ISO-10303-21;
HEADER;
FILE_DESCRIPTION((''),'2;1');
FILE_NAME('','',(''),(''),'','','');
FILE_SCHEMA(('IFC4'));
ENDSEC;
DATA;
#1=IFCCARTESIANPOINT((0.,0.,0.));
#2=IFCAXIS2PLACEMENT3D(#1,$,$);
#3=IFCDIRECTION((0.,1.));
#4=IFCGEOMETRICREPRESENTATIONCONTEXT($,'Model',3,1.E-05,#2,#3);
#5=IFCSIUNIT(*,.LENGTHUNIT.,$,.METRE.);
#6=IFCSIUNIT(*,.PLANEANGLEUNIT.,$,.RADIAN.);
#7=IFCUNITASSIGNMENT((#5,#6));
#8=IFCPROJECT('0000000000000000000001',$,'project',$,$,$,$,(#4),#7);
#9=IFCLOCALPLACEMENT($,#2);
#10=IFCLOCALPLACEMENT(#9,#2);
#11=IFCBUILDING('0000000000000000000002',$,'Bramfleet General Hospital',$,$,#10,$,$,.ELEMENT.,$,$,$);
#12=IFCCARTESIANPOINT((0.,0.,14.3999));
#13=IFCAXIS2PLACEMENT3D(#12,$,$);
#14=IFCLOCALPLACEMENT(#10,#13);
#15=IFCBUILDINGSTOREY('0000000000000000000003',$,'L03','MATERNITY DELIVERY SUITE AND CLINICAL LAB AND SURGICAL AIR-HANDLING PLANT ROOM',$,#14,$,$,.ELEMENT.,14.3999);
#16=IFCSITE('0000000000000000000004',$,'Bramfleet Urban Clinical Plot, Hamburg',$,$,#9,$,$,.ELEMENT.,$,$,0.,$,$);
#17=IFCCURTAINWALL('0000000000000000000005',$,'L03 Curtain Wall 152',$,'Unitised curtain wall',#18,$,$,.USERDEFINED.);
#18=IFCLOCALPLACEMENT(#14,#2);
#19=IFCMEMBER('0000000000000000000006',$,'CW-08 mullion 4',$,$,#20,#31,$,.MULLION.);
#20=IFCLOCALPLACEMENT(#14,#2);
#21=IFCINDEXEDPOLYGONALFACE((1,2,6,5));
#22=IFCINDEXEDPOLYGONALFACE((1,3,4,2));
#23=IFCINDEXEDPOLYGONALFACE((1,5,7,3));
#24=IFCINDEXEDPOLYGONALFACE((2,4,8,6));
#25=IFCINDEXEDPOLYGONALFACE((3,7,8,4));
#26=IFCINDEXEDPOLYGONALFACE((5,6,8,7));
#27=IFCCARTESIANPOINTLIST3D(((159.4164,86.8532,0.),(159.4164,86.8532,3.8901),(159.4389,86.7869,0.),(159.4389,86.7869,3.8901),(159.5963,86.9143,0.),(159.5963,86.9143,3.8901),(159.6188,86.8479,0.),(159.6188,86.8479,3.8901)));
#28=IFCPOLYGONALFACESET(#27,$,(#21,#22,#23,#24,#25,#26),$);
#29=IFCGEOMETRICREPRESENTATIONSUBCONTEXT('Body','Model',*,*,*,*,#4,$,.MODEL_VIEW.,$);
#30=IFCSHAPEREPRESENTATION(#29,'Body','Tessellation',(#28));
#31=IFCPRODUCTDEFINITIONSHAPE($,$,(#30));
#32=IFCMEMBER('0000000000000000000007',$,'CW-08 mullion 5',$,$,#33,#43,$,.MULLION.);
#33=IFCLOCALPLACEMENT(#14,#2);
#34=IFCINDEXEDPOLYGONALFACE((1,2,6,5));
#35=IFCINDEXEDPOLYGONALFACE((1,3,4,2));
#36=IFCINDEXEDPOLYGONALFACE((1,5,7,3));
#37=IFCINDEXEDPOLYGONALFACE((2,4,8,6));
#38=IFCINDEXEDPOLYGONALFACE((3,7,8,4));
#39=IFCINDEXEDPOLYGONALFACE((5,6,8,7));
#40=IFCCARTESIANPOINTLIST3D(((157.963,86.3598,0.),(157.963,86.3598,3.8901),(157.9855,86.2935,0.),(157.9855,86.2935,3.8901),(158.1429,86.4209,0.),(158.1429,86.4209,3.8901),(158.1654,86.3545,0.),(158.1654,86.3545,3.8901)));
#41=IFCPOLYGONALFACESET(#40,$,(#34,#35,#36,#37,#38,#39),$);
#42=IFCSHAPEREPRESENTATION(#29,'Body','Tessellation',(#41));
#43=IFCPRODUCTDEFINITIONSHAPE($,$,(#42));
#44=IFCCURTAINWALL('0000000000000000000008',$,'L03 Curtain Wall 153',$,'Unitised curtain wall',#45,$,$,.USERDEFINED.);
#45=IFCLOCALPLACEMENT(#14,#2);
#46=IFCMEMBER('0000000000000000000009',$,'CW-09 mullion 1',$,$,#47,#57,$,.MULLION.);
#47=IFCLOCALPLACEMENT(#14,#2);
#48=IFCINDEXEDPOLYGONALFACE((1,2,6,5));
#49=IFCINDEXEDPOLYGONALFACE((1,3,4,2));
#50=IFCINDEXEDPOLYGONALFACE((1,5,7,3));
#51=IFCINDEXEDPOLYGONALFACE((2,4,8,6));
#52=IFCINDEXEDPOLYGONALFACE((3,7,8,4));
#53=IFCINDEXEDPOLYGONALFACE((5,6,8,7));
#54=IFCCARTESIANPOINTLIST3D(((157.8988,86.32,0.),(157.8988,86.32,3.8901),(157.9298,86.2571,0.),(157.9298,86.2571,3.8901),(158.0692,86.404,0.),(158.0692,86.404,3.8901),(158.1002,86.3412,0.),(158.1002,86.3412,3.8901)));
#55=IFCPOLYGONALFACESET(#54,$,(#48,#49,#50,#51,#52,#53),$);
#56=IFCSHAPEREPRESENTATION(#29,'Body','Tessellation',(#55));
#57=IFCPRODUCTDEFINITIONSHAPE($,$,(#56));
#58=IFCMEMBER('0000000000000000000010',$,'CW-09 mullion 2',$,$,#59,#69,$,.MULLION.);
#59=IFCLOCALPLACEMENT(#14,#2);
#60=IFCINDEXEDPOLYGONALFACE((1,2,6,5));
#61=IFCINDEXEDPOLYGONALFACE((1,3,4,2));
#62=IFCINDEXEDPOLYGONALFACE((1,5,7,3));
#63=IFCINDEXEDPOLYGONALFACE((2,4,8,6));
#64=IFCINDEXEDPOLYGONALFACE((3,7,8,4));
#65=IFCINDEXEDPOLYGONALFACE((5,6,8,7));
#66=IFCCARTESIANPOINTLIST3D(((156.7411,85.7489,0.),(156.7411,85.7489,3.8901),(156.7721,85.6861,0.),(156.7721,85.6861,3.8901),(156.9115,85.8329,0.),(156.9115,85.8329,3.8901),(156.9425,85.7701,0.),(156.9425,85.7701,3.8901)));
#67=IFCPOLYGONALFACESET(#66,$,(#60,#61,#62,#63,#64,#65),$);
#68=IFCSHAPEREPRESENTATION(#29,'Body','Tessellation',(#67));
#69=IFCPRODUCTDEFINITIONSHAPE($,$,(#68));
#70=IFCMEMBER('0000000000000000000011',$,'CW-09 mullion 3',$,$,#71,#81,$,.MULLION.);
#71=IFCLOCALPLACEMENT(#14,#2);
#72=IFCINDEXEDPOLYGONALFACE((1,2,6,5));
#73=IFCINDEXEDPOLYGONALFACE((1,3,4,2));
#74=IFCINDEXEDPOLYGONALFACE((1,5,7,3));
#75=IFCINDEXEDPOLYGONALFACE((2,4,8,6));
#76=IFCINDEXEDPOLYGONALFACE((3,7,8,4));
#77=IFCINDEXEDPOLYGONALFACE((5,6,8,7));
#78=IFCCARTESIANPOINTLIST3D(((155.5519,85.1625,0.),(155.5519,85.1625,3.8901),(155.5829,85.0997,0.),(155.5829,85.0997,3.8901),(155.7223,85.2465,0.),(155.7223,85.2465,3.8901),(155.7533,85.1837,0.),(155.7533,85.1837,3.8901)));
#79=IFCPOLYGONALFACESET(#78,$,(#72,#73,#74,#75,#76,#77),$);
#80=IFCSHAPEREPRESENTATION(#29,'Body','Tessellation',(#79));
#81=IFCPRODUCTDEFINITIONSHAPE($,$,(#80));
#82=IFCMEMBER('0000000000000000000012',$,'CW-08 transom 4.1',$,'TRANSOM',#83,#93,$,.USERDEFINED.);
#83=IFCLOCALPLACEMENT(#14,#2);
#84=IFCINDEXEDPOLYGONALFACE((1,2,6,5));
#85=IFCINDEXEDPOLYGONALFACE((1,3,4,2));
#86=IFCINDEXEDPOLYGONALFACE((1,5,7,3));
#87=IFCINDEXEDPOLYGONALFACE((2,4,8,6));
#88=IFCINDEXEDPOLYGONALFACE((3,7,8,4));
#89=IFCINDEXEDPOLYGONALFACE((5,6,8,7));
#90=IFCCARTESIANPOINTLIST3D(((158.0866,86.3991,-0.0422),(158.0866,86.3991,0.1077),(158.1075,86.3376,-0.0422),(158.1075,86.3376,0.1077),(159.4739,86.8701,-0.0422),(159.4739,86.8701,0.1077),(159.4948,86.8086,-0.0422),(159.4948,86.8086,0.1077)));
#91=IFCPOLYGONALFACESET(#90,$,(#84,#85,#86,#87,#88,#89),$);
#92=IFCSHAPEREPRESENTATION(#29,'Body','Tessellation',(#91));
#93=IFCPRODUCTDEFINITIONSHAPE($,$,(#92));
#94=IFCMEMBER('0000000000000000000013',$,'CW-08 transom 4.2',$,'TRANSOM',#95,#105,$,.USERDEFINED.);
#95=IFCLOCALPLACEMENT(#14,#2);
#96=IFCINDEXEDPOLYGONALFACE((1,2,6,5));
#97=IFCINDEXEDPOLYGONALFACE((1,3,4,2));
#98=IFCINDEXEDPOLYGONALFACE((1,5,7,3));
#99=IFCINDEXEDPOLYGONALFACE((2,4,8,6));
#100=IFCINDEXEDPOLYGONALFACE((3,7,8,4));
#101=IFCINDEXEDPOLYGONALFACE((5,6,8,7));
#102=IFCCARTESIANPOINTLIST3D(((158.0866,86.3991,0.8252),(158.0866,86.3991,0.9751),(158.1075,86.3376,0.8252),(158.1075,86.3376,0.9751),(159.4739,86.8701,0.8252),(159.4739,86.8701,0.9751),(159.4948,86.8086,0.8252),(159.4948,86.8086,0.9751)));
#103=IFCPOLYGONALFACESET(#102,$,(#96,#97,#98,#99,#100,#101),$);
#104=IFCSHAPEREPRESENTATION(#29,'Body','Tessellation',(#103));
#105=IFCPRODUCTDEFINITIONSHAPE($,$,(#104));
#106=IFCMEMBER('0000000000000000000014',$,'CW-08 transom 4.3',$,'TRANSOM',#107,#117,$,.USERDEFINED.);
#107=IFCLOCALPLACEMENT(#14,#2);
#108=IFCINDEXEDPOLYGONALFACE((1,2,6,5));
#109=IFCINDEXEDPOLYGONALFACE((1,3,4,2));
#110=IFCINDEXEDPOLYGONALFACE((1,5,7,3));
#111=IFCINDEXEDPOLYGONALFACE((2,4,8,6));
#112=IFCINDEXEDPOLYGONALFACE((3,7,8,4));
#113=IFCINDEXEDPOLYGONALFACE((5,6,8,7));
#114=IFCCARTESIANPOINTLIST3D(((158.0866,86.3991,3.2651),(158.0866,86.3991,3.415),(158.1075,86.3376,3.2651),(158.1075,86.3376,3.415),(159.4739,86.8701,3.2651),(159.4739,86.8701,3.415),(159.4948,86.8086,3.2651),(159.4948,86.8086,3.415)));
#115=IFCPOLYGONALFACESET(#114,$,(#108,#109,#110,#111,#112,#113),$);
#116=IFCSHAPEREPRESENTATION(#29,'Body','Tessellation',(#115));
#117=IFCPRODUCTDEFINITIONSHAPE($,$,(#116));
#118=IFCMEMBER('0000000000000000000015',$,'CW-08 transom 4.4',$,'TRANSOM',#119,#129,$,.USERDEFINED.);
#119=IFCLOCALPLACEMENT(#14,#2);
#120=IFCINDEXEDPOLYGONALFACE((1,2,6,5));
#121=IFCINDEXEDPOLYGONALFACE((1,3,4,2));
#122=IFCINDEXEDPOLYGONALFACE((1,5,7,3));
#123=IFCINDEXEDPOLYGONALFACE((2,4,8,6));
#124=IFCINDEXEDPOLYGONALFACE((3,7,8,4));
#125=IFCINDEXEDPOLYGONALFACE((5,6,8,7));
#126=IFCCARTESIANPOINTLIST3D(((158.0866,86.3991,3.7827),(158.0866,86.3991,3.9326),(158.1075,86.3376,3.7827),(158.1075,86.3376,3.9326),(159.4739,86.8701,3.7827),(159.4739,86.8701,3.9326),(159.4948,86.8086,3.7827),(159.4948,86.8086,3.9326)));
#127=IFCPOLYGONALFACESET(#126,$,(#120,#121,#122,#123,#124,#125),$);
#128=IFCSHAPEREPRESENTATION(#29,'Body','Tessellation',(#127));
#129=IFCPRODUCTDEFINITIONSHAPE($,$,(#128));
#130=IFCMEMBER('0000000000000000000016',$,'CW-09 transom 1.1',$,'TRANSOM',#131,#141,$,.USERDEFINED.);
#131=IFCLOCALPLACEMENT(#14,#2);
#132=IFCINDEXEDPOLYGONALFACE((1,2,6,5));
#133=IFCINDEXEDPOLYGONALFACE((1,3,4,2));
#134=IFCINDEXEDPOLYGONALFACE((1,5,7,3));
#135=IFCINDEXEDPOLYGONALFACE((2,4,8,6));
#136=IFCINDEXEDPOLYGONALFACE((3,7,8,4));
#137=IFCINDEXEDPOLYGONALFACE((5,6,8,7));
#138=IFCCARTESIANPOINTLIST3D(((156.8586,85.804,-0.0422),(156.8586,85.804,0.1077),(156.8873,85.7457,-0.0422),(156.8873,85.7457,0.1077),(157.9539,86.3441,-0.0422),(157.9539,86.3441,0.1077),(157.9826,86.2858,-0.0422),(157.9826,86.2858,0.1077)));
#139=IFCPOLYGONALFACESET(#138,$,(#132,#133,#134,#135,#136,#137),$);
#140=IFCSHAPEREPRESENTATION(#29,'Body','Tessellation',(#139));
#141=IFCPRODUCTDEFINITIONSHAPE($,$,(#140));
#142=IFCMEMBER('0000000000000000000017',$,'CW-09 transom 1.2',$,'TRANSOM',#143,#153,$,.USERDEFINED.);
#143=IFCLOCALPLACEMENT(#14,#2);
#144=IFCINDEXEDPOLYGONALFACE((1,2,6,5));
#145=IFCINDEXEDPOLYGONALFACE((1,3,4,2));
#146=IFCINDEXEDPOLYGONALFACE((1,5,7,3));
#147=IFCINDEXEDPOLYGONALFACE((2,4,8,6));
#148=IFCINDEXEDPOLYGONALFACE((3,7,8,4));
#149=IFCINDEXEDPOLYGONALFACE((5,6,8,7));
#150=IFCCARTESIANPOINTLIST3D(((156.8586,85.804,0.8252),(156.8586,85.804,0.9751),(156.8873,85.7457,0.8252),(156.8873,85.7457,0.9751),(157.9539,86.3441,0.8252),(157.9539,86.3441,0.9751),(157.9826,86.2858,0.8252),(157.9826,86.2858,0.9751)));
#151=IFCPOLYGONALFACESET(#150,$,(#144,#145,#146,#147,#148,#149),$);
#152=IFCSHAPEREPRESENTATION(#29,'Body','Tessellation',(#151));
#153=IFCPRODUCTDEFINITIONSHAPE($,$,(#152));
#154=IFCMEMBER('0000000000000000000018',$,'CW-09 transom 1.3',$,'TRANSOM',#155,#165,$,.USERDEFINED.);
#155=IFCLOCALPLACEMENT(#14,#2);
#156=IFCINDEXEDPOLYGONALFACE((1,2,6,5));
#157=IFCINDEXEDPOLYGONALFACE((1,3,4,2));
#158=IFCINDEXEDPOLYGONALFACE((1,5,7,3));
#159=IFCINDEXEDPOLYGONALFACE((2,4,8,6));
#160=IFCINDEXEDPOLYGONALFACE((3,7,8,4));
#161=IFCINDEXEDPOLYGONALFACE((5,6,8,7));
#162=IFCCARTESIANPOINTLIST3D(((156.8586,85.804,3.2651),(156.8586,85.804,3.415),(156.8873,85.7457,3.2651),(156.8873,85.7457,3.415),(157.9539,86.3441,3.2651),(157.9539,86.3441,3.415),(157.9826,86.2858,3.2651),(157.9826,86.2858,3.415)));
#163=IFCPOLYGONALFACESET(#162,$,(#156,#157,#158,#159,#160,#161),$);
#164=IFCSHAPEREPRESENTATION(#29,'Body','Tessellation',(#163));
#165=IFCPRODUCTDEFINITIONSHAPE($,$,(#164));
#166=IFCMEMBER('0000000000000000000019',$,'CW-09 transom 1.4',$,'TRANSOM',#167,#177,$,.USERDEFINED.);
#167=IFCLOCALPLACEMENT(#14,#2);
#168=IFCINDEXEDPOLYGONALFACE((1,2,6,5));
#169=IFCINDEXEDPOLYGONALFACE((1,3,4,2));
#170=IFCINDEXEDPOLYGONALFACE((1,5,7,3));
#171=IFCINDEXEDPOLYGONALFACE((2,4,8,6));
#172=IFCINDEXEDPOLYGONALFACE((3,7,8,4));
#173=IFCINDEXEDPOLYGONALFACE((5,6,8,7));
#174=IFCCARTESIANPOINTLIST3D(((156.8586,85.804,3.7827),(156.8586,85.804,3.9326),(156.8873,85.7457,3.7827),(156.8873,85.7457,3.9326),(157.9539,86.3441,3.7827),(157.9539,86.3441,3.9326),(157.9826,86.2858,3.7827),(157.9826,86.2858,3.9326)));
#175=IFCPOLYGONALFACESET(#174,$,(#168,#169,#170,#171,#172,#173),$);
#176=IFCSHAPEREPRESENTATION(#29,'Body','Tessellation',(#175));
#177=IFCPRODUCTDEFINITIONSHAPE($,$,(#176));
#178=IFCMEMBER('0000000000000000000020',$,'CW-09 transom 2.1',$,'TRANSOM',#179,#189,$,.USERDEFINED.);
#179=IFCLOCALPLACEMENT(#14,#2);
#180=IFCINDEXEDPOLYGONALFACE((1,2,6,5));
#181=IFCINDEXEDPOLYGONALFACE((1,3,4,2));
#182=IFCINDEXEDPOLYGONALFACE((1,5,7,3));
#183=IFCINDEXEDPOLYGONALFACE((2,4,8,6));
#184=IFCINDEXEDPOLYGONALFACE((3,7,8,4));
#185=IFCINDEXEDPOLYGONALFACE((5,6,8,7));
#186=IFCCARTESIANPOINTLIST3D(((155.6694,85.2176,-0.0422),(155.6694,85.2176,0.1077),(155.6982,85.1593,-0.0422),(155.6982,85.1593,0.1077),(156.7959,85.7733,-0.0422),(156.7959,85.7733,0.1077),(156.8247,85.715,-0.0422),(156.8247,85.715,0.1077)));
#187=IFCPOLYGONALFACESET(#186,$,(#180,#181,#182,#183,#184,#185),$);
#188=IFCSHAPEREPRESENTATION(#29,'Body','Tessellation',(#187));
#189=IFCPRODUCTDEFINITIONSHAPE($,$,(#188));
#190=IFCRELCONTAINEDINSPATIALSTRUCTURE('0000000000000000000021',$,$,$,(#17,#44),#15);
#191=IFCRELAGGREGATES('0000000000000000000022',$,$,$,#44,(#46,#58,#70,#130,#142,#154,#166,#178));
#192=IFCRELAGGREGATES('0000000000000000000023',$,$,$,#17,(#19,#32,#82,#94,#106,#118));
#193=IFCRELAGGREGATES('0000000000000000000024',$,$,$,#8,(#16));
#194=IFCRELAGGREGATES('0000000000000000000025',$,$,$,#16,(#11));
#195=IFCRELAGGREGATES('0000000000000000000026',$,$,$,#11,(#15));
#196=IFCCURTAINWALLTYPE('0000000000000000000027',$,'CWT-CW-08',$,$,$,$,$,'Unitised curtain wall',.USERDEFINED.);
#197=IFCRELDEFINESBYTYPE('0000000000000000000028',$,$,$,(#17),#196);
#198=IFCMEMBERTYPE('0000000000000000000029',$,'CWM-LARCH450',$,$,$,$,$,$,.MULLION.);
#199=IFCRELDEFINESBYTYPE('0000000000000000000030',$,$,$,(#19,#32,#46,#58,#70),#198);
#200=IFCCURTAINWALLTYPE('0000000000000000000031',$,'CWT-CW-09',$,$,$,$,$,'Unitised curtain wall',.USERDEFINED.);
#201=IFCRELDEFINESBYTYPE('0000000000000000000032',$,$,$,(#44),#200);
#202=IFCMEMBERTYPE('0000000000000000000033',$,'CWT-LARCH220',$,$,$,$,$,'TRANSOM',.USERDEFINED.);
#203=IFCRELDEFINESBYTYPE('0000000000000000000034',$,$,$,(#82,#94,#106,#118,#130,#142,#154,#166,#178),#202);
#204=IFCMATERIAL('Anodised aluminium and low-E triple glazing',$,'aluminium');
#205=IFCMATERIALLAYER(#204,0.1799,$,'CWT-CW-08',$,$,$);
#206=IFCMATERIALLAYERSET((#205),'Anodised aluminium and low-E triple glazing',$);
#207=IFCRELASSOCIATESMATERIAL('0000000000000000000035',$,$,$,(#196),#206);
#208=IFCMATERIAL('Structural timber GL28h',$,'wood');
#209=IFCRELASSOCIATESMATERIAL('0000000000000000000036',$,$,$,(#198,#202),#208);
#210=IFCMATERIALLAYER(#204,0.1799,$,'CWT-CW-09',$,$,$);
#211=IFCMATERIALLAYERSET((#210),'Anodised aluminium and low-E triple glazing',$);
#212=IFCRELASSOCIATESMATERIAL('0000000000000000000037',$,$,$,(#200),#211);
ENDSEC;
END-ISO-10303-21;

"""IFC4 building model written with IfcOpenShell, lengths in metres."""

from ifc_helpers import new_model, si_unit, direction, frame, origin, origin_2d, place, context, subcontext, project, spatial, rectangle, extrude, material, layer, layer_set, material_profile, profile_set, type_object, element, aggregate, save


model = new_model("IFC4")

# Units and contexts
model_context = context("Model", 3, precision=1e-05, world=origin(), true_north=direction((0.0, 1.0)))
body_context = subcontext(model_context, "Body", "Model", "MODEL_VIEW")
ifc_project = project(units=[si_unit("LENGTHUNIT", "METRE"), si_unit("PLANEANGLEUNIT", "RADIAN")], contexts=[model_context])

# Site, building, storey
site_placement = place(None, origin())
site = spatial("IfcSite", under=ifc_project, at=site_placement, Name="Bramfleet Urban Clinical Plot, Hamburg", CompositionType="ELEMENT", RefElevation=0.0)
building_placement = place(site_placement, origin())
building = spatial("IfcBuilding", under=site, at=building_placement, Name="Bramfleet General Hospital", CompositionType="ELEMENT")
storey_placement = place(building_placement, frame((0.0, 0.0, 14.3999)))
storey = spatial("IfcBuildingStorey", under=building, at=storey_placement, Name="L03", Description="MATERNITY DELIVERY SUITE AND CLINICAL LAB AND SURGICAL AIR-HANDLING PLANT ROOM", CompositionType="ELEMENT", Elevation=14.3999)

# Curtain walls, members
ifc_material_1 = material(Name="Anodised aluminium and low-E triple glazing", Category="aluminium")
ifc_layer_1 = layer(ifc_material_1, 0.1799, Name="CWT-CW-08")
ifc_layer_set_1 = layer_set([ifc_layer_1], Name="Anodised aluminium and low-E triple glazing")
curtain_wall_type_1 = type_object("IfcCurtainWallType", Name="CWT-CW-08", ElementType="Unitised curtain wall", PredefinedType="USERDEFINED", material=ifc_layer_set_1)
curtain_wall_1_placement = place(storey_placement, origin())
curtain_wall_1 = element("IfcCurtainWall", 1, at=curtain_wall_1_placement, inside=storey, type_object=curtain_wall_type_1, Name="L03 Curtain Wall 152", ObjectType="Unitised curtain wall", PredefinedType="USERDEFINED")
ifc_material_2 = material(Name="Structural timber GL28h", Category="wood")
ifc_material_profile_1 = material_profile(ifc_material_2, rectangle(XDim=0.0701, YDim=0.1899, at=origin_2d()), Name="LARCH 190x70")
ifc_profile_set_1 = profile_set([ifc_material_profile_1], Name="Structural timber GL28h")
member_type_1 = type_object("IfcMemberType", Name="CWM-LARCH450", PredefinedType="MULLION", material=ifc_profile_set_1)
member_1_placement = place(storey_placement, frame((159.5176, 86.8506, 0.0), z_axis=(0.0, 0.0, 1.0), x_axis=(0.321383, -0.946949, 0.0)))
member_1 = element("IfcMember", 2, at=member_1_placement, type_object=member_type_1, Name="CW-08 mullion 4", PredefinedType="MULLION", context=body_context, shape_type="SweptSolid", body=[
    extrude(rectangle(XDim=0.0701, YDim=0.1899, at=origin_2d()), origin(), (0.0, 0.0, 1.0), 3.8901),
])
member_2_placement = place(storey_placement, frame((158.0642, 86.3572, 0.0), z_axis=(0.0, 0.0, 1.0), x_axis=(0.321383, -0.946949, 0.0)))
member_2 = element("IfcMember", 3, at=member_2_placement, type_object=member_type_1, Name="CW-08 mullion 5", PredefinedType="MULLION", context=body_context, shape_type="SweptSolid", body=[
    extrude(rectangle(XDim=0.0701, YDim=0.1899, at=origin_2d()), origin(), (0.0, 0.0, 1.0), 3.8901),
])
ifc_layer_2 = layer(ifc_material_1, 0.1799, Name="CWT-CW-09")
ifc_layer_set_2 = layer_set([ifc_layer_2], Name="Anodised aluminium and low-E triple glazing")
curtain_wall_type_2 = type_object("IfcCurtainWallType", Name="CWT-CW-09", ElementType="Unitised curtain wall", PredefinedType="USERDEFINED", material=ifc_layer_set_2)
curtain_wall_2_placement = place(storey_placement, origin())
curtain_wall_2 = element("IfcCurtainWall", 4, at=curtain_wall_2_placement, inside=storey, type_object=curtain_wall_type_2, Name="L03 Curtain Wall 153", ObjectType="Unitised curtain wall", PredefinedType="USERDEFINED")
member_3_placement = place(storey_placement, frame((157.9995, 86.3306, 0.0), z_axis=(0.0, 0.0, 1.0), x_axis=(0.442305, -0.896865, 0.0)))
member_3 = element("IfcMember", 5, at=member_3_placement, type_object=member_type_1, Name="CW-09 mullion 1", PredefinedType="MULLION", context=body_context, shape_type="SweptSolid", body=[
    extrude(rectangle(XDim=0.0701, YDim=0.1899, at=origin_2d()), origin(), (0.0, 0.0, 1.0), 3.8901),
])
member_4_placement = place(storey_placement, frame((156.8418, 85.7595, 0.0), z_axis=(0.0, 0.0, 1.0), x_axis=(0.442305, -0.896865, 0.0)))
member_4 = element("IfcMember", 6, at=member_4_placement, type_object=member_type_1, Name="CW-09 mullion 2", PredefinedType="MULLION", context=body_context, shape_type="SweptSolid", body=[
    extrude(rectangle(XDim=0.0701, YDim=0.1899, at=origin_2d()), origin(), (0.0, 0.0, 1.0), 3.8901),
])
member_5_placement = place(storey_placement, frame((155.6526, 85.1731, 0.0), z_axis=(0.0, 0.0, 1.0), x_axis=(0.442305, -0.896865, 0.0)))
member_5 = element("IfcMember", 7, at=member_5_placement, type_object=member_type_1, Name="CW-09 mullion 3", PredefinedType="MULLION", context=body_context, shape_type="SweptSolid", body=[
    extrude(rectangle(XDim=0.0701, YDim=0.1899, at=origin_2d()), origin(), (0.0, 0.0, 1.0), 3.8901),
])

# Members
ifc_material_profile_2 = material_profile(ifc_material_2, rectangle(XDim=0.0649, YDim=0.1499, at=origin_2d()), Name="LARCH 150x65")
ifc_profile_set_2 = profile_set([ifc_material_profile_2], Name="Structural timber GL28h")
member_type_2 = type_object("IfcMemberType", Name="CWT-LARCH220", ElementType="TRANSOM", PredefinedType="USERDEFINED", material=ifc_profile_set_2)
member_6_placement = place(storey_placement, frame((159.4844, 86.8394, 0.0327), z_axis=(-0.946919, -0.321472, 0.0), x_axis=(0.321472, -0.946919, 0.0)))
member_6 = element("IfcMember", 8, at=member_6_placement, type_object=member_type_2, Name="CW-08 transom 4.1", ObjectType="TRANSOM", PredefinedType="USERDEFINED", context=body_context, shape_type="SweptSolid", body=[
    extrude(rectangle(XDim=0.0649, YDim=0.1499, at=origin_2d()), origin(), (0.0, 0.0, 1.0), 1.4651),
])
member_7_placement = place(storey_placement, frame((159.4844, 86.8394, 0.9001), z_axis=(-0.946919, -0.321472, 0.0), x_axis=(0.321472, -0.946919, 0.0)))
member_7 = element("IfcMember", 9, at=member_7_placement, type_object=member_type_2, Name="CW-08 transom 4.2", ObjectType="TRANSOM", PredefinedType="USERDEFINED", context=body_context, shape_type="SweptSolid", body=[
    extrude(rectangle(XDim=0.0649, YDim=0.1499, at=origin_2d()), origin(), (0.0, 0.0, 1.0), 1.4651),
])
member_8_placement = place(storey_placement, frame((159.4844, 86.8394, 3.3401), z_axis=(-0.946919, -0.321472, 0.0), x_axis=(0.321472, -0.946919, 0.0)))
member_8 = element("IfcMember", 10, at=member_8_placement, type_object=member_type_2, Name="CW-08 transom 4.3", ObjectType="TRANSOM", PredefinedType="USERDEFINED", context=body_context, shape_type="SweptSolid", body=[
    extrude(rectangle(XDim=0.0649, YDim=0.1499, at=origin_2d()), origin(), (0.0, 0.0, 1.0), 1.4651),
])
member_9_placement = place(storey_placement, frame((159.4844, 86.8394, 3.8577), z_axis=(-0.946919, -0.321472, 0.0), x_axis=(0.321472, -0.946919, 0.0)))
member_9 = element("IfcMember", 11, at=member_9_placement, type_object=member_type_2, Name="CW-08 transom 4.4", ObjectType="TRANSOM", PredefinedType="USERDEFINED", context=body_context, shape_type="SweptSolid", body=[
    extrude(rectangle(XDim=0.0649, YDim=0.1499, at=origin_2d()), origin(), (0.0, 0.0, 1.0), 1.4651),
])
member_10_placement = place(storey_placement, frame((157.9683, 86.3149, 0.0327), z_axis=(-0.896893, -0.442248, 0.0), x_axis=(0.442248, -0.896893, 0.0)))
member_10 = element("IfcMember", 12, at=member_10_placement, type_object=member_type_2, Name="CW-09 transom 1.1", ObjectType="TRANSOM", PredefinedType="USERDEFINED", context=body_context, shape_type="SweptSolid", body=[
    extrude(rectangle(XDim=0.0649, YDim=0.1499, at=origin_2d()), origin(), (0.0, 0.0, 1.0), 1.2212),
])
member_11_placement = place(storey_placement, frame((157.9683, 86.3149, 0.9001), z_axis=(-0.896893, -0.442248, 0.0), x_axis=(0.442248, -0.896893, 0.0)))
member_11 = element("IfcMember", 13, at=member_11_placement, type_object=member_type_2, Name="CW-09 transom 1.2", ObjectType="TRANSOM", PredefinedType="USERDEFINED", context=body_context, shape_type="SweptSolid", body=[
    extrude(rectangle(XDim=0.0649, YDim=0.1499, at=origin_2d()), origin(), (0.0, 0.0, 1.0), 1.2212),
])
member_12_placement = place(storey_placement, frame((157.9683, 86.3149, 3.3401), z_axis=(-0.896893, -0.442248, 0.0), x_axis=(0.442248, -0.896893, 0.0)))
member_12 = element("IfcMember", 14, at=member_12_placement, type_object=member_type_2, Name="CW-09 transom 1.3", ObjectType="TRANSOM", PredefinedType="USERDEFINED", context=body_context, shape_type="SweptSolid", body=[
    extrude(rectangle(XDim=0.0649, YDim=0.1499, at=origin_2d()), origin(), (0.0, 0.0, 1.0), 1.2212),
])
member_13_placement = place(storey_placement, frame((157.9683, 86.3149, 3.8577), z_axis=(-0.896893, -0.442248, 0.0), x_axis=(0.442248, -0.896893, 0.0)))
member_13 = element("IfcMember", 15, at=member_13_placement, type_object=member_type_2, Name="CW-09 transom 1.4", ObjectType="TRANSOM", PredefinedType="USERDEFINED", context=body_context, shape_type="SweptSolid", body=[
    extrude(rectangle(XDim=0.0649, YDim=0.1499, at=origin_2d()), origin(), (0.0, 0.0, 1.0), 1.2212),
])
member_14_placement = place(storey_placement, frame((156.8103, 85.7441, 0.0327), z_axis=(-0.896824, -0.442387, 0.0), x_axis=(0.442387, -0.896824, 0.0)))
member_14 = element("IfcMember", 16, at=member_14_placement, type_object=member_type_2, Name="CW-09 transom 2.1", ObjectType="TRANSOM", PredefinedType="USERDEFINED", context=body_context, shape_type="SweptSolid", body=[
    extrude(rectangle(XDim=0.0649, YDim=0.1499, at=origin_2d()), origin(), (0.0, 0.0, 1.0), 1.2561),
])

aggregate(curtain_wall_2, [member_3, member_4, member_5, member_10, member_11, member_12, member_13, member_14])
aggregate(curtain_wall_1, [member_1, member_2, member_6, member_7, member_8, member_9])

save(model, "model.ifc")
